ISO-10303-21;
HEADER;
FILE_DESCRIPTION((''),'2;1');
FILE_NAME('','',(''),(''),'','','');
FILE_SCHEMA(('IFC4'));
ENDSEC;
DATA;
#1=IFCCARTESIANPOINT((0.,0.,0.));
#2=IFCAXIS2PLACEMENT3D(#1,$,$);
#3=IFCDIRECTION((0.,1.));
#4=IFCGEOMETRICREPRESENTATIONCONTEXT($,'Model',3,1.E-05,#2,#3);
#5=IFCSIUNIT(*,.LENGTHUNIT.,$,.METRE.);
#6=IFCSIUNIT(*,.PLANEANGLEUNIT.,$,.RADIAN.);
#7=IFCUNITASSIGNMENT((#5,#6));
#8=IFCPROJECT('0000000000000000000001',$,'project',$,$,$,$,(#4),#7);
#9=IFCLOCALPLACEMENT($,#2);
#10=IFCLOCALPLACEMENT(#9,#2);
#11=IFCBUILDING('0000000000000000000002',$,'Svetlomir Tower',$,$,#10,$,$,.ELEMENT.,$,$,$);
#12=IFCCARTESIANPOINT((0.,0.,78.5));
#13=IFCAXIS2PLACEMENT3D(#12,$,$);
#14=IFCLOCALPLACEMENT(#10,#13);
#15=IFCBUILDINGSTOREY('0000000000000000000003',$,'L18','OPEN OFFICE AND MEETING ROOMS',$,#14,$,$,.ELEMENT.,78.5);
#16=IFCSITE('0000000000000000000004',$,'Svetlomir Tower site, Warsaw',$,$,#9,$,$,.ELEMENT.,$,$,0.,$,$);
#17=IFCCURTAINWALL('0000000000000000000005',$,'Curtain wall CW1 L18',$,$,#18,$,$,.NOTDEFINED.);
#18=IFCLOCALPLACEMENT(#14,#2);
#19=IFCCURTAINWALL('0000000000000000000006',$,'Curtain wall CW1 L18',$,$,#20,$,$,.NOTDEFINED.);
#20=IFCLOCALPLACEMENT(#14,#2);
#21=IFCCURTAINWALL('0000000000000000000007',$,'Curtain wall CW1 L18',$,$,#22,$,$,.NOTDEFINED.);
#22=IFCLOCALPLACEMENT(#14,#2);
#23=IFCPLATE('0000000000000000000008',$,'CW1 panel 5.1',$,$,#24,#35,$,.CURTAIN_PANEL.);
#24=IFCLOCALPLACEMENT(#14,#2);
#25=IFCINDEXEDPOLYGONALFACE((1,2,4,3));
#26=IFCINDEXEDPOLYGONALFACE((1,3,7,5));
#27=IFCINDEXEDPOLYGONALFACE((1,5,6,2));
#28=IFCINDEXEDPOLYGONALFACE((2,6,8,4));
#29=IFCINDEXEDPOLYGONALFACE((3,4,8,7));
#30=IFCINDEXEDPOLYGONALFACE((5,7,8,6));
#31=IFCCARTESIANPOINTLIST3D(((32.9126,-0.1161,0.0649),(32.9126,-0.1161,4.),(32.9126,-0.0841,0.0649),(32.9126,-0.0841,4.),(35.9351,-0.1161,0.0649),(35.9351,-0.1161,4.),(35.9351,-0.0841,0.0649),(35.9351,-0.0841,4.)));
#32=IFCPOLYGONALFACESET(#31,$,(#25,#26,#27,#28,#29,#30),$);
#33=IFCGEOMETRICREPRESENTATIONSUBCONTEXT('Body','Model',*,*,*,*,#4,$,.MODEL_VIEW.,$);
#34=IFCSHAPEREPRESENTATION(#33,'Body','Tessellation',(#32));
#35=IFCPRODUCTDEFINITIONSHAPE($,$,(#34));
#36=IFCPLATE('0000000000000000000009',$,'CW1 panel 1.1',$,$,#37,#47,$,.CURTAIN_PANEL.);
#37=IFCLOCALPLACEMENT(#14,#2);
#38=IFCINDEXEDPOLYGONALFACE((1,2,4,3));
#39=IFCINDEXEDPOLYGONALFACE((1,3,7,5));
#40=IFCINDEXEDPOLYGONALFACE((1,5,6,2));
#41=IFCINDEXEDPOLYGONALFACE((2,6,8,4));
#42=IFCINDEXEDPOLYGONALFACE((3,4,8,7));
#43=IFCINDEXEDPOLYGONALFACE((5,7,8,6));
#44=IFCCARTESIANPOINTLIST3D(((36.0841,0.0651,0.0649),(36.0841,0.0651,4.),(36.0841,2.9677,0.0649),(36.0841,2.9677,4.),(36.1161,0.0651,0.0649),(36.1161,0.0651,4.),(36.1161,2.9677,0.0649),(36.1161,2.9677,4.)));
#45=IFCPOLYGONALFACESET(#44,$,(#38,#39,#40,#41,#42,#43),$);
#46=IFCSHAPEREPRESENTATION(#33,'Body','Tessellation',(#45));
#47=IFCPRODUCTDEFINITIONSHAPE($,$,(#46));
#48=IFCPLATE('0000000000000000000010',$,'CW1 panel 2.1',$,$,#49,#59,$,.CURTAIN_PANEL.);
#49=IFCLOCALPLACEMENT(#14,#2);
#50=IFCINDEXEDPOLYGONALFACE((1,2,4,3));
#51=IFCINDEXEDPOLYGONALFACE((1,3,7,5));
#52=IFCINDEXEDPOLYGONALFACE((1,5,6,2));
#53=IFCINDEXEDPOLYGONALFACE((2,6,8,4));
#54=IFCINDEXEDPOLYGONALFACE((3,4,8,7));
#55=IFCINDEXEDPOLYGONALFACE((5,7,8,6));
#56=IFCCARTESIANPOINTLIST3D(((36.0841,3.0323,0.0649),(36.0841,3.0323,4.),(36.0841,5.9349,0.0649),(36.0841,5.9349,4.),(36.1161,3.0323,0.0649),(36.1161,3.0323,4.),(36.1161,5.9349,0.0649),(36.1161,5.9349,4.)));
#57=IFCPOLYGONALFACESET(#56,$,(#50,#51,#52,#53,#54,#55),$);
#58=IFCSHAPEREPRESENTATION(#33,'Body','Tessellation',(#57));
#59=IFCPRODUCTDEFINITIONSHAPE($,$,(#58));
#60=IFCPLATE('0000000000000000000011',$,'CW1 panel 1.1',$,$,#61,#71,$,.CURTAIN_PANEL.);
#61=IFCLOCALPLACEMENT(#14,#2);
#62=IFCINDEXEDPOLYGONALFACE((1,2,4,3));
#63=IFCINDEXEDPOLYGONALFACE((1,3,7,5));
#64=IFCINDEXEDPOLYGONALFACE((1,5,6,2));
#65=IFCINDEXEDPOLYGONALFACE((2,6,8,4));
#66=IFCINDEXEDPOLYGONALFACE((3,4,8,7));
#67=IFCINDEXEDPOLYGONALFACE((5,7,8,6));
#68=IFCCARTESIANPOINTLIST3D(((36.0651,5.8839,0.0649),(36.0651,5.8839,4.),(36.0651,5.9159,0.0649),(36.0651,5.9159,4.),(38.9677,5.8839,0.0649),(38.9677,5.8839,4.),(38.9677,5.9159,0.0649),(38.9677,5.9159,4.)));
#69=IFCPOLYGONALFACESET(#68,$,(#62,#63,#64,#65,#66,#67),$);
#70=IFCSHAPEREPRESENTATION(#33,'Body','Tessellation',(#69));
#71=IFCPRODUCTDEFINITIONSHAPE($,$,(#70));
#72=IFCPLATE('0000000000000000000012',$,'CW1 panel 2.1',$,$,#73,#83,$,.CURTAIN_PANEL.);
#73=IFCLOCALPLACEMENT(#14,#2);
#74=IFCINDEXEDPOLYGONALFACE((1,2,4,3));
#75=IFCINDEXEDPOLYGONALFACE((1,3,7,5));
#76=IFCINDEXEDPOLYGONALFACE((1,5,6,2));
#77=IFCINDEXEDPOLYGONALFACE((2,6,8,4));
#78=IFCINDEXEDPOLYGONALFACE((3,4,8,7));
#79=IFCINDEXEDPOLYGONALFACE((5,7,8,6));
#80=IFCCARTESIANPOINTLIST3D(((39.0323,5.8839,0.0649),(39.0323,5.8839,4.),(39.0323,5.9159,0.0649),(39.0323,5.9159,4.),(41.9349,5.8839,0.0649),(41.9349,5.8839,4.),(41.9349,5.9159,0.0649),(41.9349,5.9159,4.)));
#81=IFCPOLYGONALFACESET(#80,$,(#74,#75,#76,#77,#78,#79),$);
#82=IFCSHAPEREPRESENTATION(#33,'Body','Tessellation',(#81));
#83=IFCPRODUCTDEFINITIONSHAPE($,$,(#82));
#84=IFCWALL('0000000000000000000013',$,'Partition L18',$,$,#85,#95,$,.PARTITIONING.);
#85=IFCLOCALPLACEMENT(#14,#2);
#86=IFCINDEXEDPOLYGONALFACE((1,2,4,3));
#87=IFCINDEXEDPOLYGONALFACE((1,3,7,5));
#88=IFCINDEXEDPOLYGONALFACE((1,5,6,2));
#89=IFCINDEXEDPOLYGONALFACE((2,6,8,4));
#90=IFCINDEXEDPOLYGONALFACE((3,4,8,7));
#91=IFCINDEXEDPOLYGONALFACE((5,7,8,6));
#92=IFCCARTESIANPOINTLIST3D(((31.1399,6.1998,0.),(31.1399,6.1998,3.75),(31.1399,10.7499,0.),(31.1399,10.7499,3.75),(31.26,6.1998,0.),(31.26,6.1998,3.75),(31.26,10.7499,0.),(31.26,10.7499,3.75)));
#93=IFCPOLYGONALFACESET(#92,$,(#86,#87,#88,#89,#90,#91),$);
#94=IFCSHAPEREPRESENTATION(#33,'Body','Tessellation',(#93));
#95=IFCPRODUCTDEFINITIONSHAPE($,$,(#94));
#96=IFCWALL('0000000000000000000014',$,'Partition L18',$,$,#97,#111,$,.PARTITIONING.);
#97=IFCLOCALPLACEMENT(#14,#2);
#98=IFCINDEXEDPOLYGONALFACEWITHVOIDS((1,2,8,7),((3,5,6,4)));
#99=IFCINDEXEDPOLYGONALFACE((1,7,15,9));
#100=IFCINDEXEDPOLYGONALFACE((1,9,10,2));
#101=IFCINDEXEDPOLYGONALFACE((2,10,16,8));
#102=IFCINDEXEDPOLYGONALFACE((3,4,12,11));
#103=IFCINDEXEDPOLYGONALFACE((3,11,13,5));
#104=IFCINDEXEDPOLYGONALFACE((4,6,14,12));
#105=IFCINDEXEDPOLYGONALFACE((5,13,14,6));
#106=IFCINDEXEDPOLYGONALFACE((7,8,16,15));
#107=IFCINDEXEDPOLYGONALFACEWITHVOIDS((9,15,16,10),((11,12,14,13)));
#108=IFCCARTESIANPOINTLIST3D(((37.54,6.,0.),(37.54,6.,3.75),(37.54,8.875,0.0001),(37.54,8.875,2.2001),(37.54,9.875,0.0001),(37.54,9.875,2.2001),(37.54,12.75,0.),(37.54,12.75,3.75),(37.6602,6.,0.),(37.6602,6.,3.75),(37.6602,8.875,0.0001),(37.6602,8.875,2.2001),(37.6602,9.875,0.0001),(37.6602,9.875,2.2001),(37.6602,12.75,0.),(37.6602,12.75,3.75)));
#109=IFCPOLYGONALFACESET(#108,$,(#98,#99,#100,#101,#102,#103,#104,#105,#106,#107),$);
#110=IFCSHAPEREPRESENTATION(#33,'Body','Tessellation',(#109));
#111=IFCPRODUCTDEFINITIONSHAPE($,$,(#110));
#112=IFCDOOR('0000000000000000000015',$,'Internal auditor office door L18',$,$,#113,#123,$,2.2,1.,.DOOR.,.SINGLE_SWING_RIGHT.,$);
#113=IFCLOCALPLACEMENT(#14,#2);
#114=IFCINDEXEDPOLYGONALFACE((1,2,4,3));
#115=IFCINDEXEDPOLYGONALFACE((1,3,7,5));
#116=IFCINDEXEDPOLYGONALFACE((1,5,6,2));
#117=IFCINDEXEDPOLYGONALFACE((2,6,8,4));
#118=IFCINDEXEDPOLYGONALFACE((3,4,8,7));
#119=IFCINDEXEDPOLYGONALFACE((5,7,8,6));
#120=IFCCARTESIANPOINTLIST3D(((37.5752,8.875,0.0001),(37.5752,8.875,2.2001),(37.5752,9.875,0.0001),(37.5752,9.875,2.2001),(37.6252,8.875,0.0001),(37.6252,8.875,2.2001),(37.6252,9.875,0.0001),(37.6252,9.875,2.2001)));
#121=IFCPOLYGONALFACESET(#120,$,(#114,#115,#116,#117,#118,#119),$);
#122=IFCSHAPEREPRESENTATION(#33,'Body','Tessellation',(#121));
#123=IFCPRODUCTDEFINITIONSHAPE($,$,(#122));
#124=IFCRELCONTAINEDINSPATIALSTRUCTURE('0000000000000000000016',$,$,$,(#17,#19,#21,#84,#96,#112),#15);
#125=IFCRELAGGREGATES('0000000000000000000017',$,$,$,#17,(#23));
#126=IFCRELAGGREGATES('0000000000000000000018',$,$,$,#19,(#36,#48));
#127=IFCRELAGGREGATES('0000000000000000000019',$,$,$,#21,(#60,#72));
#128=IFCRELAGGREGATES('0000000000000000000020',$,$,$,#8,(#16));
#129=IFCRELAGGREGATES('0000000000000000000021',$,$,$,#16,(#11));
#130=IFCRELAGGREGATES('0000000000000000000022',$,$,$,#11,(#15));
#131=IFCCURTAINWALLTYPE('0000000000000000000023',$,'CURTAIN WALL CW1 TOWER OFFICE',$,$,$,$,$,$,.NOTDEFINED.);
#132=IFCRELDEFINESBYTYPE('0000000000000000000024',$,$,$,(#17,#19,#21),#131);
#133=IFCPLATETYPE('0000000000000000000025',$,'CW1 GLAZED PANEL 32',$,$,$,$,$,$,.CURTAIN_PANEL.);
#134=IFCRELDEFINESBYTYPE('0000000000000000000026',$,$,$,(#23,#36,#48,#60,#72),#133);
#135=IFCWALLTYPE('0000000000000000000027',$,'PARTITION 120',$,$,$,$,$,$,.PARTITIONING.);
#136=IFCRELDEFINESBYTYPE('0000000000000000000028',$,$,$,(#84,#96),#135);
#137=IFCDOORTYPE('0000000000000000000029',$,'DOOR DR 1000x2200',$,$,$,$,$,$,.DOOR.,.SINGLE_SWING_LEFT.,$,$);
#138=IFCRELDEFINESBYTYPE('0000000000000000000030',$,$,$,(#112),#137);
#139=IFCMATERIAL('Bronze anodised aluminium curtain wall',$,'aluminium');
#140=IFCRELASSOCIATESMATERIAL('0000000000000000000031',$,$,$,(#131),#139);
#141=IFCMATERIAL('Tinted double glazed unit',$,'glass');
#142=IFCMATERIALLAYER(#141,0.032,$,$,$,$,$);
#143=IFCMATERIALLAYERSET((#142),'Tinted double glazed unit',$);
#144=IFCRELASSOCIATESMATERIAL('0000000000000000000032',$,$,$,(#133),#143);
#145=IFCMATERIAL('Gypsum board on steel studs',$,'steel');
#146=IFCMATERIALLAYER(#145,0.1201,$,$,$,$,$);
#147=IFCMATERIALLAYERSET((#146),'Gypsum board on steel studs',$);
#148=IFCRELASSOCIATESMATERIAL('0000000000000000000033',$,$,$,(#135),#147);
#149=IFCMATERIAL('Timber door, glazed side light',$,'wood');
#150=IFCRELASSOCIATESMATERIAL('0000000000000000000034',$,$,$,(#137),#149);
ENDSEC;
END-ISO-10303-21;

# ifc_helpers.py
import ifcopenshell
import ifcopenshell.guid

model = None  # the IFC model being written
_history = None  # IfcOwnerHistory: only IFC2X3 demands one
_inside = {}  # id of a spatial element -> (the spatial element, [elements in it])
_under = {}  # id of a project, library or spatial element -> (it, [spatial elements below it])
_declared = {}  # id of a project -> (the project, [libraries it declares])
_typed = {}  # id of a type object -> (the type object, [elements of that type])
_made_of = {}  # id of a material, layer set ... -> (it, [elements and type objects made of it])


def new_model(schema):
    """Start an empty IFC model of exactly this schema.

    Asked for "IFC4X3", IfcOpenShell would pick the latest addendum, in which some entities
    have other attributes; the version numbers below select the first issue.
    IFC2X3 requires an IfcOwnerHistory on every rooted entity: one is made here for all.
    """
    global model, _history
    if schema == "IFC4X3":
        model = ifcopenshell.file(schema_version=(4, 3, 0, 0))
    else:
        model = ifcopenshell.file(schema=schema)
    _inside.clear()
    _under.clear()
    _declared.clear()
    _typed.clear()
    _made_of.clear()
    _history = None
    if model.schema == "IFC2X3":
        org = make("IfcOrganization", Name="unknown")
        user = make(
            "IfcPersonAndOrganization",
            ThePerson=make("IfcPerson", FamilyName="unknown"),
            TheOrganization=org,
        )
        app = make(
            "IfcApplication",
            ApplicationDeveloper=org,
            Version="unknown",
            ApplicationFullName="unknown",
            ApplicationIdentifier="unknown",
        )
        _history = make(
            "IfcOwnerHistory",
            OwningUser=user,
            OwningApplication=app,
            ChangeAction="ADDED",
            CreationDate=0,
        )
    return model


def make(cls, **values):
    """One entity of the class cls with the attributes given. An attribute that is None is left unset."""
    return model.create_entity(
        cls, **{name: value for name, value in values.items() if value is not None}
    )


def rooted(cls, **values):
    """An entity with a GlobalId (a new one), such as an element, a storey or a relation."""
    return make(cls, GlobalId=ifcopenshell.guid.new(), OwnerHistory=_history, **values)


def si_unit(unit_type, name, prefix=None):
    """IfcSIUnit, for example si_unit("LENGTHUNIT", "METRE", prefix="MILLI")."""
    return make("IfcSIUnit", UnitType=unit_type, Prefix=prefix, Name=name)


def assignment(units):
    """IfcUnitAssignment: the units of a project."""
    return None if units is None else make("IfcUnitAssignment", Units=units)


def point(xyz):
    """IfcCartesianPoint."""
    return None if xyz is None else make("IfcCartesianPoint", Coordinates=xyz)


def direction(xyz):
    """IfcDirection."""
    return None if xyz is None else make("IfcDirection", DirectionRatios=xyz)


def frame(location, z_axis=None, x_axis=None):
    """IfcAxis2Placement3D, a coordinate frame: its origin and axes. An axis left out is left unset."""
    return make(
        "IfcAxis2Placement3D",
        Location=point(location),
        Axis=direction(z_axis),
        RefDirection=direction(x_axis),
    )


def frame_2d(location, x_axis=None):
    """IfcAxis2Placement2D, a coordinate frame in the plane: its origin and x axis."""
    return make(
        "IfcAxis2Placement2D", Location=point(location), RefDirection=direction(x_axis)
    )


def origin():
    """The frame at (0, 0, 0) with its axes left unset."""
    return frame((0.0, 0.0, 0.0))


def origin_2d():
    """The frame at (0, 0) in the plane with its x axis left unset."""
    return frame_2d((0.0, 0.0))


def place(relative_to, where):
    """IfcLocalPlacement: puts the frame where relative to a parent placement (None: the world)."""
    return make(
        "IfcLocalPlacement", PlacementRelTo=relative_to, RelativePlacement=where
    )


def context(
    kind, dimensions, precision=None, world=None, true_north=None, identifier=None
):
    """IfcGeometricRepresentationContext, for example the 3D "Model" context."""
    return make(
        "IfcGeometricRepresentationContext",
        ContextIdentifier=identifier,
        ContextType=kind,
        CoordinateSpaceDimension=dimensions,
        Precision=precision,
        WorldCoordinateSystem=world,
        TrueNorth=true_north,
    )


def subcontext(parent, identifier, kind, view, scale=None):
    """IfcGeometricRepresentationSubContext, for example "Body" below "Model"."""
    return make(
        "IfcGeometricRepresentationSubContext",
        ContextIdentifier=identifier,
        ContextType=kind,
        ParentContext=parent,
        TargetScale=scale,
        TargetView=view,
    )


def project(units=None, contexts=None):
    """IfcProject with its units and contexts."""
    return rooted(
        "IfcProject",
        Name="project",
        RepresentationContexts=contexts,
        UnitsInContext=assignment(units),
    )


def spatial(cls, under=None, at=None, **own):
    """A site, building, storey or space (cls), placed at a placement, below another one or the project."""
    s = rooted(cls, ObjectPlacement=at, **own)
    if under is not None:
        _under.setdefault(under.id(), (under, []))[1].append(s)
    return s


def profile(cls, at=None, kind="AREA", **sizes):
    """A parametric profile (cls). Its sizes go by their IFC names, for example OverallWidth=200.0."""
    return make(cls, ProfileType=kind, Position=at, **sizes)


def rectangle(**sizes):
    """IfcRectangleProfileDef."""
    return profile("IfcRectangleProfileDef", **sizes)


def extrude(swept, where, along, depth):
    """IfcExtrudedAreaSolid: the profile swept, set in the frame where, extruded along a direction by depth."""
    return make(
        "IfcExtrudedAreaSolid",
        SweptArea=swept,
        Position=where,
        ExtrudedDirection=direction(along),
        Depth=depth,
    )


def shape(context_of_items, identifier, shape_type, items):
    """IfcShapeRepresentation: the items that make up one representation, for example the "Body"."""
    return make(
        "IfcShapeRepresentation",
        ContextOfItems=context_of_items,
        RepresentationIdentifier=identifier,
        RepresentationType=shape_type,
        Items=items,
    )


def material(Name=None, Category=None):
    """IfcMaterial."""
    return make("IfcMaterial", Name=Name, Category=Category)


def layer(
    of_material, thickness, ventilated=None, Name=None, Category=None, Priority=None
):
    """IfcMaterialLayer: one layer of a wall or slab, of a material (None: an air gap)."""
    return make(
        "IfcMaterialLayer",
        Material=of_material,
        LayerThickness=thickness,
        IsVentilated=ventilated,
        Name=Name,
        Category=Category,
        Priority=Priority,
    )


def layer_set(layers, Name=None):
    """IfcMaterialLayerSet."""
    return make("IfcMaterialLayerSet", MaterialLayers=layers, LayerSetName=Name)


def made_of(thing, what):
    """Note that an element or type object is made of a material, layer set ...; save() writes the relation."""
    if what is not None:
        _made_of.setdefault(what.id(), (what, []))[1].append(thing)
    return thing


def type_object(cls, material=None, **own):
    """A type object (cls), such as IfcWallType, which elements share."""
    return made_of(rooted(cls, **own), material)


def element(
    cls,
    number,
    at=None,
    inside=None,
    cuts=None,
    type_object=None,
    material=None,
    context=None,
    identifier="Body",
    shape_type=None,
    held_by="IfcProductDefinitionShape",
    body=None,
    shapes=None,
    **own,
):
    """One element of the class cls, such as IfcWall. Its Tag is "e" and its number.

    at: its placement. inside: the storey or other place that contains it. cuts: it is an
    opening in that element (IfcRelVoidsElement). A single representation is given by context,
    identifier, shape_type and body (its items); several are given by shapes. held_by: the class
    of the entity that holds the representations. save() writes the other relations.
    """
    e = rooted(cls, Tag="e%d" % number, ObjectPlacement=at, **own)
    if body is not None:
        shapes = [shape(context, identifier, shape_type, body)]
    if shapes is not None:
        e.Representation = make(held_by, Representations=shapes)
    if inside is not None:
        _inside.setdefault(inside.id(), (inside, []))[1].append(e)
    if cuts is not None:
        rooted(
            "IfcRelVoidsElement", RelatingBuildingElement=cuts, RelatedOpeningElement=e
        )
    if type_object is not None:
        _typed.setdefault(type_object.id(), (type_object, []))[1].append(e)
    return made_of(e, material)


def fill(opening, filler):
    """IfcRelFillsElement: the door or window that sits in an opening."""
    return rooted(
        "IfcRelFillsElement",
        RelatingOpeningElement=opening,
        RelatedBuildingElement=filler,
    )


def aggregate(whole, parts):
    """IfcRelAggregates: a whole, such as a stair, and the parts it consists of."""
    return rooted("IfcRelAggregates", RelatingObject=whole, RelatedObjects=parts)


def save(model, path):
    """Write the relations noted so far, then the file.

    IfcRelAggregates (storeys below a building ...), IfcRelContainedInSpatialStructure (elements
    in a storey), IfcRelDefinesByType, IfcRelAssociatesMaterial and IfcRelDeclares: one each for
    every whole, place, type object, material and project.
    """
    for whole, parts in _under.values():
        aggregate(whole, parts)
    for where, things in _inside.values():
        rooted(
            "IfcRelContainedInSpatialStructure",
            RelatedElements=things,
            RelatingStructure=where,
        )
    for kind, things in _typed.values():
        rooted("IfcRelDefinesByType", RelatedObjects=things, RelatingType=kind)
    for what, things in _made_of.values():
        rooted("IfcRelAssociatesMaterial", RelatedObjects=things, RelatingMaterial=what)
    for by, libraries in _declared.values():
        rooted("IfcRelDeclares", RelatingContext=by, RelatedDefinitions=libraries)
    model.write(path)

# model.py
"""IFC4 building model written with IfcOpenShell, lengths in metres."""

from ifc_helpers import new_model, si_unit, direction, frame, frame_2d, origin, origin_2d, place, context, subcontext, project, spatial, rectangle, extrude, material, layer, layer_set, type_object, element, fill, aggregate, save


model = new_model("IFC4")

# Units and contexts
model_context = context("Model", 3, precision=1e-05, world=origin(), true_north=direction((0.0, 1.0)))
body_context = subcontext(model_context, "Body", "Model", "MODEL_VIEW")
ifc_project = project(units=[si_unit("LENGTHUNIT", "METRE"), si_unit("PLANEANGLEUNIT", "RADIAN")], contexts=[model_context])

# Site, building, storey
site_placement = place(None, origin())
site = spatial("IfcSite", under=ifc_project, at=site_placement, Name="Svetlomir Tower site, Warsaw", CompositionType="ELEMENT", RefElevation=0.0)
building_placement = place(site_placement, origin())
building = spatial("IfcBuilding", under=site, at=building_placement, Name="Svetlomir Tower", CompositionType="ELEMENT")
storey_placement = place(building_placement, frame((0.0, 0.0, 78.5)))
storey = spatial("IfcBuildingStorey", under=building, at=storey_placement, Name="L18", Description="OPEN OFFICE AND MEETING ROOMS", CompositionType="ELEMENT", Elevation=78.5)

# Curtain walls
ifc_material_1 = material(Name="Bronze anodised aluminium curtain wall", Category="aluminium")
curtain_wall_type = type_object("IfcCurtainWallType", Name="CURTAIN WALL CW1 TOWER OFFICE", PredefinedType="NOTDEFINED", material=ifc_material_1)
curtain_wall_1_placement = place(storey_placement, origin())
curtain_wall_1 = element("IfcCurtainWall", 1, at=curtain_wall_1_placement, inside=storey, type_object=curtain_wall_type, Name="Curtain wall CW1 L18", PredefinedType="NOTDEFINED")
curtain_wall_2_placement = place(storey_placement, origin())
curtain_wall_2 = element("IfcCurtainWall", 2, at=curtain_wall_2_placement, inside=storey, type_object=curtain_wall_type, Name="Curtain wall CW1 L18", PredefinedType="NOTDEFINED")
curtain_wall_3_placement = place(storey_placement, origin())
curtain_wall_3 = element("IfcCurtainWall", 3, at=curtain_wall_3_placement, inside=storey, type_object=curtain_wall_type, Name="Curtain wall CW1 L18", PredefinedType="NOTDEFINED")

# Plates
ifc_material_2 = material(Name="Tinted double glazed unit", Category="glass")
ifc_layer_1 = layer(ifc_material_2, 0.032)
ifc_layer_set_1 = layer_set([ifc_layer_1], Name="Tinted double glazed unit")
plate_type = type_object("IfcPlateType", Name="CW1 GLAZED PANEL 32", PredefinedType="CURTAIN_PANEL", material=ifc_layer_set_1)
plate_1_placement = place(storey_placement, frame((34.4238, -0.1001, 0.0649), z_axis=(0.0, 0.0, 1.0), x_axis=(1.0, 0.0, 0.0)))
plate_1 = element("IfcPlate", 4, at=plate_1_placement, type_object=plate_type, Name="CW1 panel 5.1", PredefinedType="CURTAIN_PANEL", context=body_context, shape_type="SweptSolid", body=[
    extrude(rectangle(XDim=3.0225, YDim=0.032, at=origin_2d()), origin(), (0.0, 0.0, 1.0), 3.9351),
])
aggregate(curtain_wall_1, [plate_1])
plate_2_placement = place(storey_placement, frame((36.1001, 1.5164, 0.0649), z_axis=(0.0, 0.0, 1.0), x_axis=(0.0, 1.0, 0.0)))
plate_2 = element("IfcPlate", 5, at=plate_2_placement, type_object=plate_type, Name="CW1 panel 1.1", PredefinedType="CURTAIN_PANEL", context=body_context, shape_type="SweptSolid", body=[
    extrude(rectangle(XDim=2.9026, YDim=0.032, at=origin_2d()), origin(), (0.0, 0.0, 1.0), 3.9351),
])
plate_3_placement = place(storey_placement, frame((36.1001, 4.4836, 0.0649), z_axis=(0.0, 0.0, 1.0), x_axis=(0.0, 1.0, 0.0)))
plate_3 = element("IfcPlate", 6, at=plate_3_placement, type_object=plate_type, Name="CW1 panel 2.1", PredefinedType="CURTAIN_PANEL", context=body_context, shape_type="SweptSolid", body=[
    extrude(rectangle(XDim=2.9026, YDim=0.032, at=origin_2d()), origin(), (0.0, 0.0, 1.0), 3.9351),
])
aggregate(curtain_wall_2, [plate_2, plate_3])
plate_4_placement = place(storey_placement, frame((37.5164, 5.8999, 0.0649), z_axis=(0.0, 0.0, 1.0), x_axis=(1.0, 0.0, 0.0)))
plate_4 = element("IfcPlate", 7, at=plate_4_placement, type_object=plate_type, Name="CW1 panel 1.1", PredefinedType="CURTAIN_PANEL", context=body_context, shape_type="SweptSolid", body=[
    extrude(rectangle(XDim=2.9026, YDim=0.032, at=origin_2d()), origin(), (0.0, 0.0, 1.0), 3.9351),
])
plate_5_placement = place(storey_placement, frame((40.4836, 5.8999, 0.0649), z_axis=(0.0, 0.0, 1.0), x_axis=(1.0, 0.0, 0.0)))
plate_5 = element("IfcPlate", 8, at=plate_5_placement, type_object=plate_type, Name="CW1 panel 2.1", PredefinedType="CURTAIN_PANEL", context=body_context, shape_type="SweptSolid", body=[
    extrude(rectangle(XDim=2.9026, YDim=0.032, at=origin_2d()), origin(), (0.0, 0.0, 1.0), 3.9351),
])
aggregate(curtain_wall_3, [plate_4, plate_5])

# Wall
ifc_material_3 = material(Name="Gypsum board on steel studs", Category="steel")
ifc_layer_2 = layer(ifc_material_3, 0.1201)
ifc_layer_set_2 = layer_set([ifc_layer_2], Name="Gypsum board on steel studs")
wall_type = type_object("IfcWallType", Name="PARTITION 120", PredefinedType="PARTITIONING", material=ifc_layer_set_2)
wall_1_placement = place(storey_placement, frame((31.2, 6.2, 0.0), z_axis=(0.0, 0.0, 1.0), x_axis=(0.0, 1.0, 0.0)))
element("IfcWall", 9, at=wall_1_placement, inside=storey, type_object=wall_type, Name="Partition L18", PredefinedType="PARTITIONING", context=body_context, shape_type="SweptSolid", body=[
    extrude(rectangle(XDim=4.55, YDim=0.1201, at=frame_2d((2.2749, 0.0))), origin(), (0.0, 0.0, 1.0), 3.75),
])

# Wall, opening, door
wall_2_placement = place(storey_placement, frame((37.6001, 6.0, 0.0), z_axis=(0.0, 0.0, 1.0), x_axis=(0.0, 1.0, 0.0)))
wall_2 = element("IfcWall", 10, at=wall_2_placement, inside=storey, type_object=wall_type, Name="Partition L18", PredefinedType="PARTITIONING", context=body_context, shape_type="SweptSolid", body=[
    extrude(rectangle(XDim=6.75, YDim=0.1201, at=frame_2d((3.375, 0.0))), origin(), (0.0, 0.0, 1.0), 3.75),
])
opening_placement = place(wall_2_placement, frame((2.875, 0.0, 0.0)))
opening = element("IfcOpeningElement", 11, at=opening_placement, cuts=wall_2, PredefinedType="OPENING", context=body_context, shape_type="SweptSolid", body=[
    extrude(rectangle(XDim=1.0, YDim=2.2, at=frame_2d((0.5, 1.1001))), frame((0.0, 0.0701, 0.0), z_axis=(0.0, -1.0, 0.0), x_axis=(1.0, 0.0, 0.0)), (0.0, 0.0, 1.0), 0.1401),
])
ifc_material_4 = material(Name="Timber door, glazed side light", Category="wood")
door_type = type_object("IfcDoorType", Name="DOOR DR 1000x2200", OperationType="SINGLE_SWING_LEFT", PredefinedType="DOOR", material=ifc_material_4)
door_placement = place(opening_placement, origin())
door = element("IfcDoor", 12, at=door_placement, inside=storey, type_object=door_type, Name="Internal auditor office door L18", OperationType="SINGLE_SWING_RIGHT", OverallHeight=2.2, OverallWidth=1.0, PredefinedType="DOOR", context=body_context, shape_type="SweptSolid", body=[
    extrude(rectangle(XDim=1.0, YDim=2.2, at=frame_2d((0.5, 1.1001))), frame((0.0, 0.0249, 0.0), z_axis=(0.0, -1.0, 0.0), x_axis=(1.0, 0.0, 0.0)), (0.0, 0.0, 1.0), 0.05),
])
fill(opening, door)

save(model, "model.ifc")
